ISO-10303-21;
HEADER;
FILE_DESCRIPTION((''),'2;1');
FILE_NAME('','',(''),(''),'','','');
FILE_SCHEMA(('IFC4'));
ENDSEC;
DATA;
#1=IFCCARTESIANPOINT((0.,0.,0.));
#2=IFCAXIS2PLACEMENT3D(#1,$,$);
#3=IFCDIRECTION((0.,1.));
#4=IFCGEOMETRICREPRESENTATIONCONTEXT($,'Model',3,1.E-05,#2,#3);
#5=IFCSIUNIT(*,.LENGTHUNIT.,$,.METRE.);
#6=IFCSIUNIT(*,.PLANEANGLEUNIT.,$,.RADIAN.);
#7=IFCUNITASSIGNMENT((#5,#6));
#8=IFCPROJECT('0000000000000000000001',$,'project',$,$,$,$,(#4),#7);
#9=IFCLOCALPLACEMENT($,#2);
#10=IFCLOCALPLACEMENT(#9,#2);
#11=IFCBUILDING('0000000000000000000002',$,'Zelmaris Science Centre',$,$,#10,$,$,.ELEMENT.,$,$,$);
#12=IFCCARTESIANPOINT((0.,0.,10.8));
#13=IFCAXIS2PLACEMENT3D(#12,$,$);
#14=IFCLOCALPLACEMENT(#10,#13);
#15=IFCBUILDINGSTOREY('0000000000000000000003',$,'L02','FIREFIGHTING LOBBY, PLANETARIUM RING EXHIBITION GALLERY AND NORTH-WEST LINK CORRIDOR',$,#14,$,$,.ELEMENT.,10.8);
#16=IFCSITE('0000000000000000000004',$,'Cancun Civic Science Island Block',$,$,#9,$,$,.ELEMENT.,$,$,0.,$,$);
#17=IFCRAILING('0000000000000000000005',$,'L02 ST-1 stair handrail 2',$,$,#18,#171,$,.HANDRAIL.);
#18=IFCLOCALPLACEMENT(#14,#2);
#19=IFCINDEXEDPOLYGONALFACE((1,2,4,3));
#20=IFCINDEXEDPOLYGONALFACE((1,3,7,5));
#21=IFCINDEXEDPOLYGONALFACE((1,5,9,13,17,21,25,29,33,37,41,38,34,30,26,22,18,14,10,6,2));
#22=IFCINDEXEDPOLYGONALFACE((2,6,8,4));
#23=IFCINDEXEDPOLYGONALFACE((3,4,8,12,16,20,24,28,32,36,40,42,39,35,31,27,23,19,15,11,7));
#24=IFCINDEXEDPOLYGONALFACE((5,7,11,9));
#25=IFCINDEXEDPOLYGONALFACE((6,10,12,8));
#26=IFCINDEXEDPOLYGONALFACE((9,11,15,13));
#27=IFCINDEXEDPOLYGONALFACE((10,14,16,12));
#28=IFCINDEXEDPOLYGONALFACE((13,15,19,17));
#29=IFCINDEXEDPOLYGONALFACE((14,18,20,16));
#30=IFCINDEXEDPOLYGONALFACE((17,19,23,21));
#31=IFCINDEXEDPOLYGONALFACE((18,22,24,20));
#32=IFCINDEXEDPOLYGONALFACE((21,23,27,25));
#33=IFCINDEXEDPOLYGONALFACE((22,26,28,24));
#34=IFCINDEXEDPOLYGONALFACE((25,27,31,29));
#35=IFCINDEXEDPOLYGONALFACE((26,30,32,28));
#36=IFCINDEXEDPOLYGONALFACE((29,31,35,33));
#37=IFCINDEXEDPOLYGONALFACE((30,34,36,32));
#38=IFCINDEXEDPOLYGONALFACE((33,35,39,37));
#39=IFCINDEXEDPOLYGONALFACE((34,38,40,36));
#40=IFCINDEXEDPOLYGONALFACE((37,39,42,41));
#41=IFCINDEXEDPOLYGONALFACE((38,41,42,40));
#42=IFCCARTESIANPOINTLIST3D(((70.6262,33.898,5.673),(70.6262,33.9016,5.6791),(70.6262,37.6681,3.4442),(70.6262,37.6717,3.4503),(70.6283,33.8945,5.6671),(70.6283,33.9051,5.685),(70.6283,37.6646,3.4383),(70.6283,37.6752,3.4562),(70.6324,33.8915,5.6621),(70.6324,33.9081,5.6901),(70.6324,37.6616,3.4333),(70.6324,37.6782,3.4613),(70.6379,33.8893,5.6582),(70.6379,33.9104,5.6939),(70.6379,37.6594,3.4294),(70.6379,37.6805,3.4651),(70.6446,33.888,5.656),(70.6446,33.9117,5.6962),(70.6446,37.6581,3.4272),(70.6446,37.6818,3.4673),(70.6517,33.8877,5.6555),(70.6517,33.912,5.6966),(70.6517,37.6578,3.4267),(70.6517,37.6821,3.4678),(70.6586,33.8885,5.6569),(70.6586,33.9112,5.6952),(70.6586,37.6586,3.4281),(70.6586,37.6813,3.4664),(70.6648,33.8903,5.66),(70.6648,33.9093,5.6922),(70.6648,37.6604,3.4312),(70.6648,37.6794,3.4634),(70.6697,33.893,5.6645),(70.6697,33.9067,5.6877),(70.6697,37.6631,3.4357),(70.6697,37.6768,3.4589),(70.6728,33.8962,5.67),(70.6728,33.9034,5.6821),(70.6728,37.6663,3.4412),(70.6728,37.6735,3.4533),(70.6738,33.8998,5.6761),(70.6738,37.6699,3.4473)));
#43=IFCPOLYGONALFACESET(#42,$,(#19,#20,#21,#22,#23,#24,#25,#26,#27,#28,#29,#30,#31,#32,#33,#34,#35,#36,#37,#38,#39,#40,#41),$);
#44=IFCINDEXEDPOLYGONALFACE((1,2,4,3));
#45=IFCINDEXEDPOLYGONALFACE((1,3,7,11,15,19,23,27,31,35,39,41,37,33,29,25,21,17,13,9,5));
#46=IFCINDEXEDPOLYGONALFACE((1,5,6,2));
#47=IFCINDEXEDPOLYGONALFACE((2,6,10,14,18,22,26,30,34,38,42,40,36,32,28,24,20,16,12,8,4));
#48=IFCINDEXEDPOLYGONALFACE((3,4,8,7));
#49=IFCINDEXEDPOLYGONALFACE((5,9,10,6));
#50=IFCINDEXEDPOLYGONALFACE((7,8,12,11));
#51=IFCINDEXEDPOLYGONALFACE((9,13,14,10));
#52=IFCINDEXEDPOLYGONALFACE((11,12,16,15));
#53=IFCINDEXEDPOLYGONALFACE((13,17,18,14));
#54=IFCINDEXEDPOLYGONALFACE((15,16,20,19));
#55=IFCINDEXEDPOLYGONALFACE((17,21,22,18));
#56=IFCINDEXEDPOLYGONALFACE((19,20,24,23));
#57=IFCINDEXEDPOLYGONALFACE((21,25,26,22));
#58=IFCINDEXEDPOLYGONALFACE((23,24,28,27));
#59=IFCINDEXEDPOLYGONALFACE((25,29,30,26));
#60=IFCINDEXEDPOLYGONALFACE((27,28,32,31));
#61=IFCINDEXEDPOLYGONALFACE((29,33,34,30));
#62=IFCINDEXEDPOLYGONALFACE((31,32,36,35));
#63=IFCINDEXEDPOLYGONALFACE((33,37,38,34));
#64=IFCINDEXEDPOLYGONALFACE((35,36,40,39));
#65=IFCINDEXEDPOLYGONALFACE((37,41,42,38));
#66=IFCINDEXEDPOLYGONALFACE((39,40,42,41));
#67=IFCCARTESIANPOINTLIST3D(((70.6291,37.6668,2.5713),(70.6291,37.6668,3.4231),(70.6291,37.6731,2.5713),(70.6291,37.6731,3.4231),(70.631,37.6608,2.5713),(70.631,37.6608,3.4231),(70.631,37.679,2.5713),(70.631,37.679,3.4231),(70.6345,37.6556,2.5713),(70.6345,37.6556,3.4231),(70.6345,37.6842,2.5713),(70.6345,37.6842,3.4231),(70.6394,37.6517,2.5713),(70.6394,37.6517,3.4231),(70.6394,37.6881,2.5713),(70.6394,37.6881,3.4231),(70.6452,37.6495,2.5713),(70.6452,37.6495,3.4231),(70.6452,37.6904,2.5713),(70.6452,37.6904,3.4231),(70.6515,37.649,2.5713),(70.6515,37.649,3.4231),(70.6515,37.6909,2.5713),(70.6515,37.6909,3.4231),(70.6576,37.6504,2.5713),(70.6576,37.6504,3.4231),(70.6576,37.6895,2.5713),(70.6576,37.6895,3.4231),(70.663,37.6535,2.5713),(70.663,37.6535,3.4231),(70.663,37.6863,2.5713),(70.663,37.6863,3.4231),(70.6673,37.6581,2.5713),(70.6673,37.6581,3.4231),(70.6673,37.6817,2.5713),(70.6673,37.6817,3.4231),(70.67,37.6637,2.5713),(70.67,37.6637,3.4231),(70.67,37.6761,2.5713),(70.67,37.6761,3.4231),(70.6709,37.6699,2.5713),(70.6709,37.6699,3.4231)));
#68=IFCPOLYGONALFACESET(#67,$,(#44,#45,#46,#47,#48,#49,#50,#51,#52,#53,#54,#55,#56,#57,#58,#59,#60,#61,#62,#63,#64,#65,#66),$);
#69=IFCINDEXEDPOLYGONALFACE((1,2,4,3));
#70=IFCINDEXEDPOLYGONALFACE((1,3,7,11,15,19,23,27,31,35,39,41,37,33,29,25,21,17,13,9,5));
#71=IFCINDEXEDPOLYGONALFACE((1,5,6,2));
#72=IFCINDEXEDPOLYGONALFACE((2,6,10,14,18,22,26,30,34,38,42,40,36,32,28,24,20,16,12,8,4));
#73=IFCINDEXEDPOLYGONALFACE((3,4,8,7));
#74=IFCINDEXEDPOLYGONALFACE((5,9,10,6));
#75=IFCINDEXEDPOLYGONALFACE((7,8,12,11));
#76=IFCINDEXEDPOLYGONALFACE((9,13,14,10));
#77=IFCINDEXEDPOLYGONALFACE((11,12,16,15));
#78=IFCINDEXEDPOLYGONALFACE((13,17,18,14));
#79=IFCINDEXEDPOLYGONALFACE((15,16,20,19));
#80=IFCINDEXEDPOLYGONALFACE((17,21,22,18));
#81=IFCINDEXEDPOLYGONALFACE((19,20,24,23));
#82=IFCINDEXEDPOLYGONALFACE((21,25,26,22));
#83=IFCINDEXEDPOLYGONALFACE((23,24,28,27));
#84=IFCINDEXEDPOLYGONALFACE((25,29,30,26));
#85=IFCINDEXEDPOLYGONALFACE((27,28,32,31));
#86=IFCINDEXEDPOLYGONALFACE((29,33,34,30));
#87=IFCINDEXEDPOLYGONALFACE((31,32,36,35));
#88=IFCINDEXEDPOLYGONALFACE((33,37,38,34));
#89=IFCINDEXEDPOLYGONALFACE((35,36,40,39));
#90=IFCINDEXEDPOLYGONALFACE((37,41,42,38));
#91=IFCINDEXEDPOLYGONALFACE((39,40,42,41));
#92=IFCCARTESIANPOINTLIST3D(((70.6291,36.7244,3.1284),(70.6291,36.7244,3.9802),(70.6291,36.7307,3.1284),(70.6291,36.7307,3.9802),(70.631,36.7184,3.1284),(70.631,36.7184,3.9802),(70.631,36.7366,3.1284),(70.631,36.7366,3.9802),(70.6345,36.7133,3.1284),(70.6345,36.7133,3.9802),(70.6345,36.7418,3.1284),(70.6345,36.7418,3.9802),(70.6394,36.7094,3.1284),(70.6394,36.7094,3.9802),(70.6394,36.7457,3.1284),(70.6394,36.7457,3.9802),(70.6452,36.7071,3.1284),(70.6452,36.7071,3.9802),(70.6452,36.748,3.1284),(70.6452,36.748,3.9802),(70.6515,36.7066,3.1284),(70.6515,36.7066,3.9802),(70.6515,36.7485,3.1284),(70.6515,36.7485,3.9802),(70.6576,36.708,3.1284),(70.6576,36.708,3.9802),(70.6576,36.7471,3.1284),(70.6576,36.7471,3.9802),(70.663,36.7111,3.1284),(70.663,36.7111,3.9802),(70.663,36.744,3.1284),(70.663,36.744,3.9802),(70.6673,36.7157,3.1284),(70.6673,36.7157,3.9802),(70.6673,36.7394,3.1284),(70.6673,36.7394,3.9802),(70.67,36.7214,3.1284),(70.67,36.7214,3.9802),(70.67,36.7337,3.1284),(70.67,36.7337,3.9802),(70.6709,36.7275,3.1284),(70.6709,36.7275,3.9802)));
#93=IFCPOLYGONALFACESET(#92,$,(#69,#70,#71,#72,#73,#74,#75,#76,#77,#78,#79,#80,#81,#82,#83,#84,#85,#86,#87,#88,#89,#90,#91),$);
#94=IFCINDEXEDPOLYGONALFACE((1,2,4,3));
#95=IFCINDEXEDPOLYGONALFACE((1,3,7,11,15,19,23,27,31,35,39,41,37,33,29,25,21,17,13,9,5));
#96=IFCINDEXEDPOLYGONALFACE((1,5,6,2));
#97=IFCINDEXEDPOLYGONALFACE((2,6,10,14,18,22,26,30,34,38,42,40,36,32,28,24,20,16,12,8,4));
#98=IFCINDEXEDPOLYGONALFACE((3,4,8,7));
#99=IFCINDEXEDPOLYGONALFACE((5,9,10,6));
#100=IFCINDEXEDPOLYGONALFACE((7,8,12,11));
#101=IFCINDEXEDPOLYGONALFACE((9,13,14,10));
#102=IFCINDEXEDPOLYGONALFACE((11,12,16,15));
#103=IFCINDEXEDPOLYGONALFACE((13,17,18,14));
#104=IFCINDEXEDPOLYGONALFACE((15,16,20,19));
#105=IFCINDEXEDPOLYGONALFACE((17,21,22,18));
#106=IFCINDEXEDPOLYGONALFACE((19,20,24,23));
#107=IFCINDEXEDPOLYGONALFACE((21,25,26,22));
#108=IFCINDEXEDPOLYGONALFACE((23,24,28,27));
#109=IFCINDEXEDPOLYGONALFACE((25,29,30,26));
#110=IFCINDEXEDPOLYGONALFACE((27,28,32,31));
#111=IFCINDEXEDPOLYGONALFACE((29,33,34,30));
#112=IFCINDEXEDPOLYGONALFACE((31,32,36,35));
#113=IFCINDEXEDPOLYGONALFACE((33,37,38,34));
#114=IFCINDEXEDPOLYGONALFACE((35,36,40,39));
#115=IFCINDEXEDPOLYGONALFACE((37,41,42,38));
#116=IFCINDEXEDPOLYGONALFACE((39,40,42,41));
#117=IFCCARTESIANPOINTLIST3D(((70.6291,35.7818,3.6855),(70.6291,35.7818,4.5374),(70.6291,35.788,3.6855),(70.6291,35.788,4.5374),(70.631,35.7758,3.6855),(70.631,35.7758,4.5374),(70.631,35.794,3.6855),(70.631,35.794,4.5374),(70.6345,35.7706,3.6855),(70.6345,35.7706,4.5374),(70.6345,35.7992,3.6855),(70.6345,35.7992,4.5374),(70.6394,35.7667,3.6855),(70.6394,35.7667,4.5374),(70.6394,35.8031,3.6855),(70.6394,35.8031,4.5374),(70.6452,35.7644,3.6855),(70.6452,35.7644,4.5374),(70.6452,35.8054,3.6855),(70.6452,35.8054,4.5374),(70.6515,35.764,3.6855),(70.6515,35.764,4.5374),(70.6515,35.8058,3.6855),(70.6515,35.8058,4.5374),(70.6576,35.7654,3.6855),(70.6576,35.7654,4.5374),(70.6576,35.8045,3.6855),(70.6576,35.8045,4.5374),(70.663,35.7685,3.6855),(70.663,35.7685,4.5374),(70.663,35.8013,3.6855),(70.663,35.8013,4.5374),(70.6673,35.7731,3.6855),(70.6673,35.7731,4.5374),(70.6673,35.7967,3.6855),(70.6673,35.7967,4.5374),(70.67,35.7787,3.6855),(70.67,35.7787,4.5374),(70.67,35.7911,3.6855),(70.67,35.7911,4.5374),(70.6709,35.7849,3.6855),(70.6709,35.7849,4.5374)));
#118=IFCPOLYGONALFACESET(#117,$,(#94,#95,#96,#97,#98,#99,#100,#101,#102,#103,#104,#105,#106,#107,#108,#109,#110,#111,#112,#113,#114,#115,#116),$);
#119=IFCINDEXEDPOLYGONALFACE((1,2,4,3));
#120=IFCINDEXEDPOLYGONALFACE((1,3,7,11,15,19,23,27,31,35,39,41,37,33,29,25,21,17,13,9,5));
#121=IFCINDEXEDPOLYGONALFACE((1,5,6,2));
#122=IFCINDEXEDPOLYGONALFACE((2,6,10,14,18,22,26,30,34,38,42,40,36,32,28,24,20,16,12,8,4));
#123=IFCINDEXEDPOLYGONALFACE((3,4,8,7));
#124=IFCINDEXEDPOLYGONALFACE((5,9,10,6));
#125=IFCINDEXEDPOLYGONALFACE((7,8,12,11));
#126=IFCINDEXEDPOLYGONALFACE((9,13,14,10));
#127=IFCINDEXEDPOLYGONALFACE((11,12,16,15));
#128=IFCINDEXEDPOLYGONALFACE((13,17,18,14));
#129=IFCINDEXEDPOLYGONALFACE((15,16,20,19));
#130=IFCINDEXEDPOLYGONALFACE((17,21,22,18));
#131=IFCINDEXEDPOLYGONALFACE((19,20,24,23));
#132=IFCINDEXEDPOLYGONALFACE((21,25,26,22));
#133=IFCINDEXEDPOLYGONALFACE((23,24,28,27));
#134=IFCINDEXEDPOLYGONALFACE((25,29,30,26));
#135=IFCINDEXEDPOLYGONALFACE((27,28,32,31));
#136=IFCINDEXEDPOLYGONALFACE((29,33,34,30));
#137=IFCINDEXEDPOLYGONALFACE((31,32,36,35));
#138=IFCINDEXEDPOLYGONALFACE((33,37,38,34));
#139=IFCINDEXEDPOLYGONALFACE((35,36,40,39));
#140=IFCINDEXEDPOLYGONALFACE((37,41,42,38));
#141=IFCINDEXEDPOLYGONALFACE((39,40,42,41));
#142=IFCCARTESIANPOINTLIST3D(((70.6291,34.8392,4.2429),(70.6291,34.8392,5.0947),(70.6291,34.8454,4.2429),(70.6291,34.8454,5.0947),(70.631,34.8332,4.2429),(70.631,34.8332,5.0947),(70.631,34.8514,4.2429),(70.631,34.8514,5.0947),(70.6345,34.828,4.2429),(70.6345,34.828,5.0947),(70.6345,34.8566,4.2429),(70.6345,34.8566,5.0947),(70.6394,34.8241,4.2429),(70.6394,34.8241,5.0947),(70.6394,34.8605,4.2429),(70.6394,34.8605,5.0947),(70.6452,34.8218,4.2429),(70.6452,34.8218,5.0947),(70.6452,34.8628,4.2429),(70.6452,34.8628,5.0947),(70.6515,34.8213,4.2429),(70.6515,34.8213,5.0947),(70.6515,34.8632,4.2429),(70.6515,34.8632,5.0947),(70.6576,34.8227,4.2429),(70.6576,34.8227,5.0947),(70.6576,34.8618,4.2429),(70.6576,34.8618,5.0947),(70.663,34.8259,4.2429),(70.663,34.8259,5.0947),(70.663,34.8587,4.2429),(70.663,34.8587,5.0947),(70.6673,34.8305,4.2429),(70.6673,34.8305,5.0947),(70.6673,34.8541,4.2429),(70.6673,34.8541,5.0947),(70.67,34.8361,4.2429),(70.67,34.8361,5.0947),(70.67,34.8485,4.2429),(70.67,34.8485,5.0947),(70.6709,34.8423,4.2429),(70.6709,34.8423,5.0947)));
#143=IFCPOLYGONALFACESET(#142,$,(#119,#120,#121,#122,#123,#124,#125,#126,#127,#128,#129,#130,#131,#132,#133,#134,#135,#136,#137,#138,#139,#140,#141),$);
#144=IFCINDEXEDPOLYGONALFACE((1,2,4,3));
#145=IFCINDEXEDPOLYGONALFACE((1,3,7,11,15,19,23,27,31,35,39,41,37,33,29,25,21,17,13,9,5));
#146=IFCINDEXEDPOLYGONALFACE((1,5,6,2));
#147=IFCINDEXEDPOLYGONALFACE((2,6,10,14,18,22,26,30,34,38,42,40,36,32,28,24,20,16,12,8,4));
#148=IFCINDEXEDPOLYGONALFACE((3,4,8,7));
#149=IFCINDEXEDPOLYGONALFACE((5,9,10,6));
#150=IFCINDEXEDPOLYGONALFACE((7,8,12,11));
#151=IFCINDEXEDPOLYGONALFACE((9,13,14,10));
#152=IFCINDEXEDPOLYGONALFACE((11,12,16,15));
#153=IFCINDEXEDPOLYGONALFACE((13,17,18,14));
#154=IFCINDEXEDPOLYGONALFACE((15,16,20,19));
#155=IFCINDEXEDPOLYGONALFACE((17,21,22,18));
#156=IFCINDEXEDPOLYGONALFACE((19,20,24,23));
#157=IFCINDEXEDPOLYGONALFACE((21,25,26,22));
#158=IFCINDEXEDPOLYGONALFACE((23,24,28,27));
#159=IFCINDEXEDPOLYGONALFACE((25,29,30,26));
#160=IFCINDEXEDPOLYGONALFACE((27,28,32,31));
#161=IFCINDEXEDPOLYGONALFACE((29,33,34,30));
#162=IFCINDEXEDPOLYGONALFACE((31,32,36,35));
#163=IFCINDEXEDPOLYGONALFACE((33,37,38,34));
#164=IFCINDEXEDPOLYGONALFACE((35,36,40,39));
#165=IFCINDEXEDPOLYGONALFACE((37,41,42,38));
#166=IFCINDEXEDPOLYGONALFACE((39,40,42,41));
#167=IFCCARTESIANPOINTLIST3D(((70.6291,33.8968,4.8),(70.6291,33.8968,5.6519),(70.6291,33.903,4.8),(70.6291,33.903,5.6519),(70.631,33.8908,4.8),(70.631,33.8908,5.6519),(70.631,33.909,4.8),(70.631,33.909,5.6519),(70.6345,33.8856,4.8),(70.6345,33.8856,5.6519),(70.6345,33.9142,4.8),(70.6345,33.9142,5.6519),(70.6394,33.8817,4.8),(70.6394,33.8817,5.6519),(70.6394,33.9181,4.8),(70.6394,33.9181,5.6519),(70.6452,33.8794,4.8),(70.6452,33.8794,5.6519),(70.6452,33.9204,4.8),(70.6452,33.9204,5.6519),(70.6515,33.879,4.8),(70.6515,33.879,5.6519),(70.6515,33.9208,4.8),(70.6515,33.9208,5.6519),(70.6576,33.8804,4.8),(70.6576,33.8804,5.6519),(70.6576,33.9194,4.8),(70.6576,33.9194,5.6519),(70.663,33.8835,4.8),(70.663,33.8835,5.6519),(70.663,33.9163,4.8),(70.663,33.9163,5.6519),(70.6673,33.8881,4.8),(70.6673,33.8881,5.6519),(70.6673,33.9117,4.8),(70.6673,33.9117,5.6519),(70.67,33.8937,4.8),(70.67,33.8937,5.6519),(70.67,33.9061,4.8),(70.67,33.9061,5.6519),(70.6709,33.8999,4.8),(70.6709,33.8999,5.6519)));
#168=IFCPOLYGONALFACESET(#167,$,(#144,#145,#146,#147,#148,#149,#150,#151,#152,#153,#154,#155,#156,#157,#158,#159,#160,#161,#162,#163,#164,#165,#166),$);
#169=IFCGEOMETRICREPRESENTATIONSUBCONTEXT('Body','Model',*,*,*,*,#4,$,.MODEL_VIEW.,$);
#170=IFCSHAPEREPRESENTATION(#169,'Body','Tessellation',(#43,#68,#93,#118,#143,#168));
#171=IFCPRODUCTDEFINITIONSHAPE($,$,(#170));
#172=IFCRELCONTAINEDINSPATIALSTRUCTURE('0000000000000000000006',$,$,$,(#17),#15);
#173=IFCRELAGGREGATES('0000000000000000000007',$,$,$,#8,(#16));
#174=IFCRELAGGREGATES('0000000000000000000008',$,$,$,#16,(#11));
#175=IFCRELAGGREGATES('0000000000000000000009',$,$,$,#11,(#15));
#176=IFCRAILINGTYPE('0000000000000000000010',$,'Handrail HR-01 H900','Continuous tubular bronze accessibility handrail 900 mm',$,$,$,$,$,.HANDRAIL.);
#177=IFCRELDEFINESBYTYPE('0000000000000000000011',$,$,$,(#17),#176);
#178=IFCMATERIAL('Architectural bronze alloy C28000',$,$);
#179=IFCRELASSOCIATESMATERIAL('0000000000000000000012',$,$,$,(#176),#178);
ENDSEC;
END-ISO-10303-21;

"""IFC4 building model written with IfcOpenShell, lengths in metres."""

from ifc_helpers import new_model, si_unit, direction, frame, origin, origin_2d, place, context, subcontext, project, spatial, circle, extrude, material, type_object, element, save


model = new_model("IFC4")

# Units and contexts
model_context = context("Model", 3, precision=1e-05, world=origin(), true_north=direction((0.0, 1.0)))
body_context = subcontext(model_context, "Body", "Model", "MODEL_VIEW")
ifc_project = project(units=[si_unit("LENGTHUNIT", "METRE"), si_unit("PLANEANGLEUNIT", "RADIAN")], contexts=[model_context])

# Site, building, storey
site_placement = place(None, origin())
site = spatial("IfcSite", under=ifc_project, at=site_placement, Name="Cancun Civic Science Island Block", CompositionType="ELEMENT", RefElevation=0.0)
building_placement = place(site_placement, origin())
building = spatial("IfcBuilding", under=site, at=building_placement, Name="Zelmaris Science Centre", CompositionType="ELEMENT")
storey_placement = place(building_placement, frame((0.0, 0.0, 10.8)))
storey = spatial("IfcBuildingStorey", under=building, at=storey_placement, Name="L02", Description="FIREFIGHTING LOBBY, PLANETARIUM RING EXHIBITION GALLERY AND NORTH-WEST LINK CORRIDOR", CompositionType="ELEMENT", Elevation=10.8)

# Railing
ifc_material_1 = material(Name="Architectural bronze alloy C28000")
railing_type_1 = type_object("IfcRailingType", Name="Handrail HR-01 H900", Description="Continuous tubular bronze accessibility handrail 900 mm", PredefinedType="HANDRAIL", material=ifc_material_1)
railing_1_placement = place(storey_placement, frame((70.6499, 37.6699, 2.5713)))
element("IfcRailing", 1, at=railing_1_placement, inside=storey, type_object=railing_type_1, Name="L02 ST-1 stair handrail 2", PredefinedType="HANDRAIL", context=body_context, shape_type="SweptSolid", body=[
    extrude(circle(Radius=0.0239, at=origin_2d()), frame((0.0, 0.0, 0.876), z_axis=(0.0, -0.860824, 0.508902), x_axis=(1.0, 0.0, 0.0)), (0.0, 0.0, 1.0), 4.3796),
    extrude(circle(Radius=0.021, at=origin_2d()), origin(), (0.0, 0.0, 1.0), 0.8518),
    extrude(circle(Radius=0.021, at=origin_2d()), frame((0.0, -0.9424, 0.5571)), (0.0, 0.0, 1.0), 0.8518),
    extrude(circle(Radius=0.021, at=origin_2d()), frame((0.0, -1.885, 1.1143)), (0.0, 0.0, 1.0), 0.8518),
    extrude(circle(Radius=0.021, at=origin_2d()), frame((0.0, -2.8276, 1.6716)), (0.0, 0.0, 1.0), 0.8518),
    extrude(circle(Radius=0.021, at=origin_2d()), frame((0.0, -3.77, 2.2288)), (0.0, 0.0, 1.0), 0.8518),
])

save(model, "model.ifc")
